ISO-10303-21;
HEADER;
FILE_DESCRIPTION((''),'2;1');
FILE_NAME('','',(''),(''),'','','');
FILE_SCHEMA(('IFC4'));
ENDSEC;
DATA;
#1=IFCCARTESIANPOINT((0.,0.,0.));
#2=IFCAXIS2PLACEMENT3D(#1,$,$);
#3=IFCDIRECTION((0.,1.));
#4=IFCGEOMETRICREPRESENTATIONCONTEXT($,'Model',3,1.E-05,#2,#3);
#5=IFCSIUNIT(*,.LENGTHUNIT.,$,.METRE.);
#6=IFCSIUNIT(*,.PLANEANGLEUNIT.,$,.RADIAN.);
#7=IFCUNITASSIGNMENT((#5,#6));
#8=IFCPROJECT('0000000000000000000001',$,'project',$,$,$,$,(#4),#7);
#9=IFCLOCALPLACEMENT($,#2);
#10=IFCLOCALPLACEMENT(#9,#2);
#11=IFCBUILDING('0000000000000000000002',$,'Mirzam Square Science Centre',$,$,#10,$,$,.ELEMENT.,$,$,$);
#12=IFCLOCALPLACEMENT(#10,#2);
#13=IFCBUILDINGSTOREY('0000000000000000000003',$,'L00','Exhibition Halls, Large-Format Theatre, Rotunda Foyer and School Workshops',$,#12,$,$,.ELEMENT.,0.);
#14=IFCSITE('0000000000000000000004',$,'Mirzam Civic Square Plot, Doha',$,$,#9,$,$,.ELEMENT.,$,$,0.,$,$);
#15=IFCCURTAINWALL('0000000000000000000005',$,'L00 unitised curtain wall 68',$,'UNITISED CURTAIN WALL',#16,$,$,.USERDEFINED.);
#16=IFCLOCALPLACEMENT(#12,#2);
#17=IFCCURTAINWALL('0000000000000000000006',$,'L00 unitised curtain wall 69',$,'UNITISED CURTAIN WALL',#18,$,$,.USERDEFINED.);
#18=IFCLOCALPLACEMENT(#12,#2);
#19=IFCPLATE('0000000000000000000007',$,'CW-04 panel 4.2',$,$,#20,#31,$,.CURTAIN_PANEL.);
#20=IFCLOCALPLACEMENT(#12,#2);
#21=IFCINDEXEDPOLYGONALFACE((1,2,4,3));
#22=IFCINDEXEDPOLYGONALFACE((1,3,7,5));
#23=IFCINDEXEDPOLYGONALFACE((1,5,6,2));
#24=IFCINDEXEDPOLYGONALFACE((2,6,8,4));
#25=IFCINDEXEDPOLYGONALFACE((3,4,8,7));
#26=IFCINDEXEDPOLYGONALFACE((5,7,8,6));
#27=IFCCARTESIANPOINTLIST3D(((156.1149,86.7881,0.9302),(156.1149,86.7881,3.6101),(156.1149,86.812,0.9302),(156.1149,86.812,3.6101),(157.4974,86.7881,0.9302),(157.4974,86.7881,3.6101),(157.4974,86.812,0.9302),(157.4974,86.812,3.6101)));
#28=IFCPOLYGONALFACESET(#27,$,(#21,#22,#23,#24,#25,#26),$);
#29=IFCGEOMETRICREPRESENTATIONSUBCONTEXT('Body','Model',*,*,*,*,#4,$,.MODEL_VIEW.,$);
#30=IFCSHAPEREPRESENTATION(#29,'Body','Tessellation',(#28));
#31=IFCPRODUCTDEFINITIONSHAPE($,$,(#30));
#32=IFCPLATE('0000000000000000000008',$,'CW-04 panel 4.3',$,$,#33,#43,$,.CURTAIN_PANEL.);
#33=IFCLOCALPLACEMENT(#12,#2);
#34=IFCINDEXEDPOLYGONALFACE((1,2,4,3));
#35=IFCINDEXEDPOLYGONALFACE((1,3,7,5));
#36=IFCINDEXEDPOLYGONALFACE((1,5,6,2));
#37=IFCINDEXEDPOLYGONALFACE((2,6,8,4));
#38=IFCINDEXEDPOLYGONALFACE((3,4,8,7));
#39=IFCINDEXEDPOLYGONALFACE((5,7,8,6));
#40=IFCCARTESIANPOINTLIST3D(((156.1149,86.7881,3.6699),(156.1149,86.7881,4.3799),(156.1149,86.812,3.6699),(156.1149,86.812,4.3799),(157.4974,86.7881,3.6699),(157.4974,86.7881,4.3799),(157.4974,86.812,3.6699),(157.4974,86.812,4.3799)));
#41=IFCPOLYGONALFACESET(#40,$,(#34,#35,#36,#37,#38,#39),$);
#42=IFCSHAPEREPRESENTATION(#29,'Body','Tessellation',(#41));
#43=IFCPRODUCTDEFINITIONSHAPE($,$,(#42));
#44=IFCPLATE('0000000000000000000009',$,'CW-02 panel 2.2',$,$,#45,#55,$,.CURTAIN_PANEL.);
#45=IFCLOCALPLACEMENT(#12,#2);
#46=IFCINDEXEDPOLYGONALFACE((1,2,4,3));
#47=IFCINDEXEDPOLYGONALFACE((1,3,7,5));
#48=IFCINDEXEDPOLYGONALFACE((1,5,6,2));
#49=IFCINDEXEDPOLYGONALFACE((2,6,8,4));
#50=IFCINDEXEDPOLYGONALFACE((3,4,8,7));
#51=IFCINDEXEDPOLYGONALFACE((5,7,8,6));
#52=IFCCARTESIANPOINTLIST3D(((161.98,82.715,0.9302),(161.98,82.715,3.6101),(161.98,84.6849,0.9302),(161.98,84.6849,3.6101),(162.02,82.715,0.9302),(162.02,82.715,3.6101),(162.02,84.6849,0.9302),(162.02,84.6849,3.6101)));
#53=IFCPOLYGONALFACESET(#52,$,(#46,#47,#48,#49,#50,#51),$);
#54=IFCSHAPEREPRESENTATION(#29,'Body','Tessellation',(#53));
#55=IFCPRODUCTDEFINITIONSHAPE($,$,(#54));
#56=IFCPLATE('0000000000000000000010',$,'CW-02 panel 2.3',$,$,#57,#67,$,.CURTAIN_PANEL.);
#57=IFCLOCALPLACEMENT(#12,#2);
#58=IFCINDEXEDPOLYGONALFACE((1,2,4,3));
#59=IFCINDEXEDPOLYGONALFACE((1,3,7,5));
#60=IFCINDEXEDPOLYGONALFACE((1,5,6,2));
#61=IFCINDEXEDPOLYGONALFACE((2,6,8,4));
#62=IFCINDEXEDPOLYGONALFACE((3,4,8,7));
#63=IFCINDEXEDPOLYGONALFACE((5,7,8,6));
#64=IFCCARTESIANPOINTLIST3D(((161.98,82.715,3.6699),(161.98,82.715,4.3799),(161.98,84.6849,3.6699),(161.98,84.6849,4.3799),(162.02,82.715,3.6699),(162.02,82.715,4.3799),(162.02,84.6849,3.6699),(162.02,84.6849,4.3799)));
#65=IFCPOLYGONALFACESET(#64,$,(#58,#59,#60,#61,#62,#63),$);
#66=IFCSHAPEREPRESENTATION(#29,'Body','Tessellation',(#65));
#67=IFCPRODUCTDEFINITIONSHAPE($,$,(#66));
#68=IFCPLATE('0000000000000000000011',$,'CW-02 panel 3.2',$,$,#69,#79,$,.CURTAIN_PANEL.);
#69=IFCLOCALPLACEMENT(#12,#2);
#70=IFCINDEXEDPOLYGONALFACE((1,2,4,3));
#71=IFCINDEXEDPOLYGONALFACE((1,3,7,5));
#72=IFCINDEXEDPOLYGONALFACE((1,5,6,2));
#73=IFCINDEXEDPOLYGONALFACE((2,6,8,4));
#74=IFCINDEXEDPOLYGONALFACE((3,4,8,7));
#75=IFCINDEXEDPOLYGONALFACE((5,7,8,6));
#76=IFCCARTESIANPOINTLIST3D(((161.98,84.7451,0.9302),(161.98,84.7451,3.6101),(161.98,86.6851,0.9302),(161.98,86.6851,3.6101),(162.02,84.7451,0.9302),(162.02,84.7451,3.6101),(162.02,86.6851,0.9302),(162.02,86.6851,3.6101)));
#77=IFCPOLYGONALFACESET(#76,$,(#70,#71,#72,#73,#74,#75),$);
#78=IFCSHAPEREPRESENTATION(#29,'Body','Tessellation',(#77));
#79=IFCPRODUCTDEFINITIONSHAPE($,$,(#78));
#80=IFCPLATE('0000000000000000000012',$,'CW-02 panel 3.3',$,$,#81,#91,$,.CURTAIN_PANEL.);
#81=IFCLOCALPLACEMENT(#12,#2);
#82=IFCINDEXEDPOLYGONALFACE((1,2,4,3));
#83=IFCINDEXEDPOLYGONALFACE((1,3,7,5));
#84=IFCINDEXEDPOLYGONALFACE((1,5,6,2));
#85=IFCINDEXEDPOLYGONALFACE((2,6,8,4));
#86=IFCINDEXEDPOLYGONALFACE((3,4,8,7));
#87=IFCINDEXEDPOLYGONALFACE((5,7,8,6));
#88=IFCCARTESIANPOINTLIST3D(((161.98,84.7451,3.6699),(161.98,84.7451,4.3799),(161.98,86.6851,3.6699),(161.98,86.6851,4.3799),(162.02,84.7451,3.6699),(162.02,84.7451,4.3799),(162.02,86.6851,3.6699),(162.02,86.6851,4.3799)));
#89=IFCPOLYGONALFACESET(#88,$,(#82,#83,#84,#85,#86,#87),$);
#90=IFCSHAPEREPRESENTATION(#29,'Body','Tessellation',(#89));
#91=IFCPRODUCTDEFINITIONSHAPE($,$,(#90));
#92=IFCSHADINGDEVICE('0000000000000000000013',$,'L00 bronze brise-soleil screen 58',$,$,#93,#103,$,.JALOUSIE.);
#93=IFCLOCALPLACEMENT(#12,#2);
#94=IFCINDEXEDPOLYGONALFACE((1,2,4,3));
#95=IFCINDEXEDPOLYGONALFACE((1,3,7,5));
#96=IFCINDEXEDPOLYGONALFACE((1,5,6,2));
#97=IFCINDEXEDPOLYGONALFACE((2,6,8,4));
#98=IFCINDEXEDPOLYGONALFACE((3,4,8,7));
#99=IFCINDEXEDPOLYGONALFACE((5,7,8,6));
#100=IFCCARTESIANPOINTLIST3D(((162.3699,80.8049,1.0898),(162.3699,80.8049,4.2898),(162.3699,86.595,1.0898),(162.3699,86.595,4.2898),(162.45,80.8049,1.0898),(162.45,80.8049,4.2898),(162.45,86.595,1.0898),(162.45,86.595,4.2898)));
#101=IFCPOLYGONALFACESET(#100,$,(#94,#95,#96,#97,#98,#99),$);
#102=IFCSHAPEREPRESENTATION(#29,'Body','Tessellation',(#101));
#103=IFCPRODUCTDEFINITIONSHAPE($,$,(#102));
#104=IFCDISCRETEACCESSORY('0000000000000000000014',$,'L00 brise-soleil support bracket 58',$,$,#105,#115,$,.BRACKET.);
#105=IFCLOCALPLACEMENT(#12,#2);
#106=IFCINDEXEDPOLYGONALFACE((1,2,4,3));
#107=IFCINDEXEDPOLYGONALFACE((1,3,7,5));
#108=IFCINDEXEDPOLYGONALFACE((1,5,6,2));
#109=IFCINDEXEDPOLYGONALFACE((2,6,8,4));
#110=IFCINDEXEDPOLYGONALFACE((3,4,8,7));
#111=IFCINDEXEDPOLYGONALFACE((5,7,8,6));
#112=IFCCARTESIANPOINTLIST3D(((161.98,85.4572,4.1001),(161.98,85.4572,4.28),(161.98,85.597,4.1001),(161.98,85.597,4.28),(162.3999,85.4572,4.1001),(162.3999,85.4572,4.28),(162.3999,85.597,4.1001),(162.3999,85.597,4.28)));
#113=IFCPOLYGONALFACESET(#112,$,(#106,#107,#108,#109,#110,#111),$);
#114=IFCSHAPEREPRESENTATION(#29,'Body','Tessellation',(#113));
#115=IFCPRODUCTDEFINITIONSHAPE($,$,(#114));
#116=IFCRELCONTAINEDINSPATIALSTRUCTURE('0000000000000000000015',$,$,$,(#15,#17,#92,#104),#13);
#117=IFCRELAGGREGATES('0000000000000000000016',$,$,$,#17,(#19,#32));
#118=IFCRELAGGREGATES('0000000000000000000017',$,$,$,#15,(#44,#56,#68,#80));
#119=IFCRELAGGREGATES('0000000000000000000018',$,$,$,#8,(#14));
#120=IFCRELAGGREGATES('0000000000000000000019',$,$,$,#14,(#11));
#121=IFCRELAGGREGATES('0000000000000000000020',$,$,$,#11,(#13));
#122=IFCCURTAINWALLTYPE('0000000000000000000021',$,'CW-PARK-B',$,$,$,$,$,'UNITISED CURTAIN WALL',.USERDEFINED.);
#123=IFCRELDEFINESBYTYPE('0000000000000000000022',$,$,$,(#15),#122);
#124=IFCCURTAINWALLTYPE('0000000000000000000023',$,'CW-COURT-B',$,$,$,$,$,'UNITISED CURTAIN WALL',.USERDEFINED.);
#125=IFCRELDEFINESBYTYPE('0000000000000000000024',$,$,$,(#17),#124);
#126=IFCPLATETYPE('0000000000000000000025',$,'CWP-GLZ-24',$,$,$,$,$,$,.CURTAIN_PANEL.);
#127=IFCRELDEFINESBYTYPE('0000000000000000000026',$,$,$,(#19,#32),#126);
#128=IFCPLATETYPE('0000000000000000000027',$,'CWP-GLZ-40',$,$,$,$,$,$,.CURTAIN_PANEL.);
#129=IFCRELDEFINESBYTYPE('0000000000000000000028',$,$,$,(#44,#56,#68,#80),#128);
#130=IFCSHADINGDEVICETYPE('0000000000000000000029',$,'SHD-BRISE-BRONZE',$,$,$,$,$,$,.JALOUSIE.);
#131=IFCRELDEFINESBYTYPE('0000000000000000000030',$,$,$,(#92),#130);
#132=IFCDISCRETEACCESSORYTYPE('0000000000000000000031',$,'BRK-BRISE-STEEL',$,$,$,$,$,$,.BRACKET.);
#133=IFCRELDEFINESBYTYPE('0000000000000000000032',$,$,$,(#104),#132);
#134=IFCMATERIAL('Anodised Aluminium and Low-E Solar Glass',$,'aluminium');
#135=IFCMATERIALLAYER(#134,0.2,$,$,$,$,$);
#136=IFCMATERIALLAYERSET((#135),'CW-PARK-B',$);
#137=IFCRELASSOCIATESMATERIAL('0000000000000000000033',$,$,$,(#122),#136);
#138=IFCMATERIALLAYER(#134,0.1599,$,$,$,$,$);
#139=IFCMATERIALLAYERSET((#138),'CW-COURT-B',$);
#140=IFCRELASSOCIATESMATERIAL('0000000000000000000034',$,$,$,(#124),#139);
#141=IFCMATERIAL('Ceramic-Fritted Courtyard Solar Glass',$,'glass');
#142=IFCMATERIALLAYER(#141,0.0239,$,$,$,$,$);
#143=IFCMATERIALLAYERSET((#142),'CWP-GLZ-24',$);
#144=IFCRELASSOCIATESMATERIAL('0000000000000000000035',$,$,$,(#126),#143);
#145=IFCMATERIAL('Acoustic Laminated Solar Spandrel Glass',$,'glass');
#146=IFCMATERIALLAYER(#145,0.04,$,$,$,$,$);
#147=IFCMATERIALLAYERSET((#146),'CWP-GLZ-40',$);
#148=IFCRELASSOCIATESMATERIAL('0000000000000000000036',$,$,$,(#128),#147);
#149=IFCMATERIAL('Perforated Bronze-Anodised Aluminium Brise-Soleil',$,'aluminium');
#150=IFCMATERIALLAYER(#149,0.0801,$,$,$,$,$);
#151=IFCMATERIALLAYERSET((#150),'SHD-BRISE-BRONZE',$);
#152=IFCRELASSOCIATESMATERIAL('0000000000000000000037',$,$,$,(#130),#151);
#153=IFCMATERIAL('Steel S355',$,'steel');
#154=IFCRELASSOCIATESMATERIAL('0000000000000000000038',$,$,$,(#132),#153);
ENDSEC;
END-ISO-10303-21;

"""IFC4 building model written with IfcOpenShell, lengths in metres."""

from ifc_helpers import new_model, si_unit, direction, frame, origin, origin_2d, place, context, subcontext, project, spatial, rectangle, extrude, material, layer, layer_set, type_object, element, aggregate, save


model = new_model("IFC4")

# Units and contexts
model_context = context("Model", 3, precision=1e-05, world=origin(), true_north=direction((0.0, 1.0)))
body_context = subcontext(model_context, "Body", "Model", "MODEL_VIEW")
ifc_project = project(units=[si_unit("LENGTHUNIT", "METRE"), si_unit("PLANEANGLEUNIT", "RADIAN")], contexts=[model_context])

# Site, building, storey
site_placement = place(None, origin())
site = spatial("IfcSite", under=ifc_project, at=site_placement, Name="Mirzam Civic Square Plot, Doha", CompositionType="ELEMENT", RefElevation=0.0)
building_placement = place(site_placement, origin())
building = spatial("IfcBuilding", under=site, at=building_placement, Name="Mirzam Square Science Centre", CompositionType="ELEMENT")
storey_placement = place(building_placement, origin())
storey = spatial("IfcBuildingStorey", under=building, at=storey_placement, Name="L00", Description="Exhibition Halls, Large-Format Theatre, Rotunda Foyer and School Workshops", CompositionType="ELEMENT", Elevation=0.0)

# Curtain wall
ifc_material_1 = material(Name="Anodised Aluminium and Low-E Solar Glass", Category="aluminium")
ifc_layer_1 = layer(ifc_material_1, 0.2)
ifc_layer_set_1 = layer_set([ifc_layer_1], Name="CW-PARK-B")
curtain_wall_type_1 = type_object("IfcCurtainWallType", Name="CW-PARK-B", ElementType="UNITISED CURTAIN WALL", PredefinedType="USERDEFINED", material=ifc_layer_set_1)
curtain_wall_1_placement = place(storey_placement, origin())
curtain_wall_1 = element("IfcCurtainWall", 1, at=curtain_wall_1_placement, inside=storey, type_object=curtain_wall_type_1, Name="L00 unitised curtain wall 68", ObjectType="UNITISED CURTAIN WALL", PredefinedType="USERDEFINED")

# Curtain wall, plates
ifc_layer_2 = layer(ifc_material_1, 0.1599)
ifc_layer_set_2 = layer_set([ifc_layer_2], Name="CW-COURT-B")
curtain_wall_type_2 = type_object("IfcCurtainWallType", Name="CW-COURT-B", ElementType="UNITISED CURTAIN WALL", PredefinedType="USERDEFINED", material=ifc_layer_set_2)
curtain_wall_2_placement = place(storey_placement, origin())
curtain_wall_2 = element("IfcCurtainWall", 2, at=curtain_wall_2_placement, inside=storey, type_object=curtain_wall_type_2, Name="L00 unitised curtain wall 69", ObjectType="UNITISED CURTAIN WALL", PredefinedType="USERDEFINED")
ifc_material_2 = material(Name="Ceramic-Fritted Courtyard Solar Glass", Category="glass")
ifc_layer_3 = layer(ifc_material_2, 0.0239)
ifc_layer_set_3 = layer_set([ifc_layer_3], Name="CWP-GLZ-24")
plate_type_1 = type_object("IfcPlateType", Name="CWP-GLZ-24", PredefinedType="CURTAIN_PANEL", material=ifc_layer_set_3)
plate_1_placement = place(storey_placement, frame((156.8062, 86.8, 0.9302), z_axis=(0.0, 0.0, 1.0), x_axis=(-1.0, 0.0, 0.0)))
plate_1 = element("IfcPlate", 3, at=plate_1_placement, type_object=plate_type_1, Name="CW-04 panel 4.2", PredefinedType="CURTAIN_PANEL", context=body_context, shape_type="SweptSolid", body=[
    extrude(rectangle(XDim=1.3826, YDim=0.0239, at=origin_2d()), origin(), (0.0, 0.0, 1.0), 2.6799),
])
plate_2_placement = place(storey_placement, frame((156.8062, 86.8, 3.6699), z_axis=(0.0, 0.0, 1.0), x_axis=(-1.0, 0.0, 0.0)))
plate_2 = element("IfcPlate", 4, at=plate_2_placement, type_object=plate_type_1, Name="CW-04 panel 4.3", PredefinedType="CURTAIN_PANEL", context=body_context, shape_type="SweptSolid", body=[
    extrude(rectangle(XDim=1.3826, YDim=0.0239, at=origin_2d()), origin(), (0.0, 0.0, 1.0), 0.71),
])
aggregate(curtain_wall_2, [plate_1, plate_2])

# Plates
ifc_material_3 = material(Name="Acoustic Laminated Solar Spandrel Glass", Category="glass")
ifc_layer_4 = layer(ifc_material_3, 0.04)
ifc_layer_set_4 = layer_set([ifc_layer_4], Name="CWP-GLZ-40")
plate_type_2 = type_object("IfcPlateType", Name="CWP-GLZ-40", PredefinedType="CURTAIN_PANEL", material=ifc_layer_set_4)
plate_3_placement = place(storey_placement, frame((162.0, 83.7, 0.9302), z_axis=(0.0, 0.0, 1.0), x_axis=(0.0, 1.0, 0.0)))
plate_3 = element("IfcPlate", 5, at=plate_3_placement, type_object=plate_type_2, Name="CW-02 panel 2.2", PredefinedType="CURTAIN_PANEL", context=body_context, shape_type="SweptSolid", body=[
    extrude(rectangle(XDim=1.97, YDim=0.04, at=origin_2d()), origin(), (0.0, 0.0, 1.0), 2.6799),
])
plate_4_placement = place(storey_placement, frame((162.0, 83.7, 3.6699), z_axis=(0.0, 0.0, 1.0), x_axis=(0.0, 1.0, 0.0)))
plate_4 = element("IfcPlate", 6, at=plate_4_placement, type_object=plate_type_2, Name="CW-02 panel 2.3", PredefinedType="CURTAIN_PANEL", context=body_context, shape_type="SweptSolid", body=[
    extrude(rectangle(XDim=1.97, YDim=0.04, at=origin_2d()), origin(), (0.0, 0.0, 1.0), 0.71),
])
plate_5_placement = place(storey_placement, frame((162.0, 85.7151, 0.9302), z_axis=(0.0, 0.0, 1.0), x_axis=(0.0, 1.0, 0.0)))
plate_5 = element("IfcPlate", 7, at=plate_5_placement, type_object=plate_type_2, Name="CW-02 panel 3.2", PredefinedType="CURTAIN_PANEL", context=body_context, shape_type="SweptSolid", body=[
    extrude(rectangle(XDim=1.9399, YDim=0.04, at=origin_2d()), origin(), (0.0, 0.0, 1.0), 2.6799),
])
plate_6_placement = place(storey_placement, frame((162.0, 85.7151, 3.6699), z_axis=(0.0, 0.0, 1.0), x_axis=(0.0, 1.0, 0.0)))
plate_6 = element("IfcPlate", 8, at=plate_6_placement, type_object=plate_type_2, Name="CW-02 panel 3.3", PredefinedType="CURTAIN_PANEL", context=body_context, shape_type="SweptSolid", body=[
    extrude(rectangle(XDim=1.9399, YDim=0.04, at=origin_2d()), origin(), (0.0, 0.0, 1.0), 0.71),
])
aggregate(curtain_wall_1, [plate_3, plate_4, plate_5, plate_6])

# Shading device
ifc_material_4 = material(Name="Perforated Bronze-Anodised Aluminium Brise-Soleil", Category="aluminium")
ifc_layer_5 = layer(ifc_material_4, 0.0801)
ifc_layer_set_5 = layer_set([ifc_layer_5], Name="SHD-BRISE-BRONZE")
shading_device_type = type_object("IfcShadingDeviceType", Name="SHD-BRISE-BRONZE", PredefinedType="JALOUSIE", material=ifc_layer_set_5)
shading_device_placement = place(storey_placement, frame((162.4099, 83.7, 1.0898), z_axis=(0.0, 0.0, 1.0), x_axis=(0.0, 1.0, 0.0)))
element("IfcShadingDevice", 9, at=shading_device_placement, inside=storey, type_object=shading_device_type, Name="L00 bronze brise-soleil screen 58", PredefinedType="JALOUSIE", context=body_context, shape_type="SweptSolid", body=[
    extrude(rectangle(XDim=5.79, YDim=0.0801, at=origin_2d()), origin(), (0.0, 0.0, 1.0), 3.2),
])

# Discrete accessory
ifc_material_5 = material(Name="Steel S355", Category="steel")
discrete_accessory_type = type_object("IfcDiscreteAccessoryType", Name="BRK-BRISE-STEEL", PredefinedType="BRACKET", material=ifc_material_5)
discrete_accessory_placement = place(storey_placement, frame((162.1899, 85.5271, 4.1001), z_axis=(0.0, 0.0, 1.0), x_axis=(0.0, 1.0, 0.0)))
element("IfcDiscreteAccessory", 10, at=discrete_accessory_placement, inside=storey, type_object=discrete_accessory_type, Name="L00 brise-soleil support bracket 58", PredefinedType="BRACKET", context=body_context, shape_type="SweptSolid", body=[
    extrude(rectangle(XDim=0.1399, YDim=0.4199, at=origin_2d()), origin(), (0.0, 0.0, 1.0), 0.1799),
])

save(model, "model.ifc")
